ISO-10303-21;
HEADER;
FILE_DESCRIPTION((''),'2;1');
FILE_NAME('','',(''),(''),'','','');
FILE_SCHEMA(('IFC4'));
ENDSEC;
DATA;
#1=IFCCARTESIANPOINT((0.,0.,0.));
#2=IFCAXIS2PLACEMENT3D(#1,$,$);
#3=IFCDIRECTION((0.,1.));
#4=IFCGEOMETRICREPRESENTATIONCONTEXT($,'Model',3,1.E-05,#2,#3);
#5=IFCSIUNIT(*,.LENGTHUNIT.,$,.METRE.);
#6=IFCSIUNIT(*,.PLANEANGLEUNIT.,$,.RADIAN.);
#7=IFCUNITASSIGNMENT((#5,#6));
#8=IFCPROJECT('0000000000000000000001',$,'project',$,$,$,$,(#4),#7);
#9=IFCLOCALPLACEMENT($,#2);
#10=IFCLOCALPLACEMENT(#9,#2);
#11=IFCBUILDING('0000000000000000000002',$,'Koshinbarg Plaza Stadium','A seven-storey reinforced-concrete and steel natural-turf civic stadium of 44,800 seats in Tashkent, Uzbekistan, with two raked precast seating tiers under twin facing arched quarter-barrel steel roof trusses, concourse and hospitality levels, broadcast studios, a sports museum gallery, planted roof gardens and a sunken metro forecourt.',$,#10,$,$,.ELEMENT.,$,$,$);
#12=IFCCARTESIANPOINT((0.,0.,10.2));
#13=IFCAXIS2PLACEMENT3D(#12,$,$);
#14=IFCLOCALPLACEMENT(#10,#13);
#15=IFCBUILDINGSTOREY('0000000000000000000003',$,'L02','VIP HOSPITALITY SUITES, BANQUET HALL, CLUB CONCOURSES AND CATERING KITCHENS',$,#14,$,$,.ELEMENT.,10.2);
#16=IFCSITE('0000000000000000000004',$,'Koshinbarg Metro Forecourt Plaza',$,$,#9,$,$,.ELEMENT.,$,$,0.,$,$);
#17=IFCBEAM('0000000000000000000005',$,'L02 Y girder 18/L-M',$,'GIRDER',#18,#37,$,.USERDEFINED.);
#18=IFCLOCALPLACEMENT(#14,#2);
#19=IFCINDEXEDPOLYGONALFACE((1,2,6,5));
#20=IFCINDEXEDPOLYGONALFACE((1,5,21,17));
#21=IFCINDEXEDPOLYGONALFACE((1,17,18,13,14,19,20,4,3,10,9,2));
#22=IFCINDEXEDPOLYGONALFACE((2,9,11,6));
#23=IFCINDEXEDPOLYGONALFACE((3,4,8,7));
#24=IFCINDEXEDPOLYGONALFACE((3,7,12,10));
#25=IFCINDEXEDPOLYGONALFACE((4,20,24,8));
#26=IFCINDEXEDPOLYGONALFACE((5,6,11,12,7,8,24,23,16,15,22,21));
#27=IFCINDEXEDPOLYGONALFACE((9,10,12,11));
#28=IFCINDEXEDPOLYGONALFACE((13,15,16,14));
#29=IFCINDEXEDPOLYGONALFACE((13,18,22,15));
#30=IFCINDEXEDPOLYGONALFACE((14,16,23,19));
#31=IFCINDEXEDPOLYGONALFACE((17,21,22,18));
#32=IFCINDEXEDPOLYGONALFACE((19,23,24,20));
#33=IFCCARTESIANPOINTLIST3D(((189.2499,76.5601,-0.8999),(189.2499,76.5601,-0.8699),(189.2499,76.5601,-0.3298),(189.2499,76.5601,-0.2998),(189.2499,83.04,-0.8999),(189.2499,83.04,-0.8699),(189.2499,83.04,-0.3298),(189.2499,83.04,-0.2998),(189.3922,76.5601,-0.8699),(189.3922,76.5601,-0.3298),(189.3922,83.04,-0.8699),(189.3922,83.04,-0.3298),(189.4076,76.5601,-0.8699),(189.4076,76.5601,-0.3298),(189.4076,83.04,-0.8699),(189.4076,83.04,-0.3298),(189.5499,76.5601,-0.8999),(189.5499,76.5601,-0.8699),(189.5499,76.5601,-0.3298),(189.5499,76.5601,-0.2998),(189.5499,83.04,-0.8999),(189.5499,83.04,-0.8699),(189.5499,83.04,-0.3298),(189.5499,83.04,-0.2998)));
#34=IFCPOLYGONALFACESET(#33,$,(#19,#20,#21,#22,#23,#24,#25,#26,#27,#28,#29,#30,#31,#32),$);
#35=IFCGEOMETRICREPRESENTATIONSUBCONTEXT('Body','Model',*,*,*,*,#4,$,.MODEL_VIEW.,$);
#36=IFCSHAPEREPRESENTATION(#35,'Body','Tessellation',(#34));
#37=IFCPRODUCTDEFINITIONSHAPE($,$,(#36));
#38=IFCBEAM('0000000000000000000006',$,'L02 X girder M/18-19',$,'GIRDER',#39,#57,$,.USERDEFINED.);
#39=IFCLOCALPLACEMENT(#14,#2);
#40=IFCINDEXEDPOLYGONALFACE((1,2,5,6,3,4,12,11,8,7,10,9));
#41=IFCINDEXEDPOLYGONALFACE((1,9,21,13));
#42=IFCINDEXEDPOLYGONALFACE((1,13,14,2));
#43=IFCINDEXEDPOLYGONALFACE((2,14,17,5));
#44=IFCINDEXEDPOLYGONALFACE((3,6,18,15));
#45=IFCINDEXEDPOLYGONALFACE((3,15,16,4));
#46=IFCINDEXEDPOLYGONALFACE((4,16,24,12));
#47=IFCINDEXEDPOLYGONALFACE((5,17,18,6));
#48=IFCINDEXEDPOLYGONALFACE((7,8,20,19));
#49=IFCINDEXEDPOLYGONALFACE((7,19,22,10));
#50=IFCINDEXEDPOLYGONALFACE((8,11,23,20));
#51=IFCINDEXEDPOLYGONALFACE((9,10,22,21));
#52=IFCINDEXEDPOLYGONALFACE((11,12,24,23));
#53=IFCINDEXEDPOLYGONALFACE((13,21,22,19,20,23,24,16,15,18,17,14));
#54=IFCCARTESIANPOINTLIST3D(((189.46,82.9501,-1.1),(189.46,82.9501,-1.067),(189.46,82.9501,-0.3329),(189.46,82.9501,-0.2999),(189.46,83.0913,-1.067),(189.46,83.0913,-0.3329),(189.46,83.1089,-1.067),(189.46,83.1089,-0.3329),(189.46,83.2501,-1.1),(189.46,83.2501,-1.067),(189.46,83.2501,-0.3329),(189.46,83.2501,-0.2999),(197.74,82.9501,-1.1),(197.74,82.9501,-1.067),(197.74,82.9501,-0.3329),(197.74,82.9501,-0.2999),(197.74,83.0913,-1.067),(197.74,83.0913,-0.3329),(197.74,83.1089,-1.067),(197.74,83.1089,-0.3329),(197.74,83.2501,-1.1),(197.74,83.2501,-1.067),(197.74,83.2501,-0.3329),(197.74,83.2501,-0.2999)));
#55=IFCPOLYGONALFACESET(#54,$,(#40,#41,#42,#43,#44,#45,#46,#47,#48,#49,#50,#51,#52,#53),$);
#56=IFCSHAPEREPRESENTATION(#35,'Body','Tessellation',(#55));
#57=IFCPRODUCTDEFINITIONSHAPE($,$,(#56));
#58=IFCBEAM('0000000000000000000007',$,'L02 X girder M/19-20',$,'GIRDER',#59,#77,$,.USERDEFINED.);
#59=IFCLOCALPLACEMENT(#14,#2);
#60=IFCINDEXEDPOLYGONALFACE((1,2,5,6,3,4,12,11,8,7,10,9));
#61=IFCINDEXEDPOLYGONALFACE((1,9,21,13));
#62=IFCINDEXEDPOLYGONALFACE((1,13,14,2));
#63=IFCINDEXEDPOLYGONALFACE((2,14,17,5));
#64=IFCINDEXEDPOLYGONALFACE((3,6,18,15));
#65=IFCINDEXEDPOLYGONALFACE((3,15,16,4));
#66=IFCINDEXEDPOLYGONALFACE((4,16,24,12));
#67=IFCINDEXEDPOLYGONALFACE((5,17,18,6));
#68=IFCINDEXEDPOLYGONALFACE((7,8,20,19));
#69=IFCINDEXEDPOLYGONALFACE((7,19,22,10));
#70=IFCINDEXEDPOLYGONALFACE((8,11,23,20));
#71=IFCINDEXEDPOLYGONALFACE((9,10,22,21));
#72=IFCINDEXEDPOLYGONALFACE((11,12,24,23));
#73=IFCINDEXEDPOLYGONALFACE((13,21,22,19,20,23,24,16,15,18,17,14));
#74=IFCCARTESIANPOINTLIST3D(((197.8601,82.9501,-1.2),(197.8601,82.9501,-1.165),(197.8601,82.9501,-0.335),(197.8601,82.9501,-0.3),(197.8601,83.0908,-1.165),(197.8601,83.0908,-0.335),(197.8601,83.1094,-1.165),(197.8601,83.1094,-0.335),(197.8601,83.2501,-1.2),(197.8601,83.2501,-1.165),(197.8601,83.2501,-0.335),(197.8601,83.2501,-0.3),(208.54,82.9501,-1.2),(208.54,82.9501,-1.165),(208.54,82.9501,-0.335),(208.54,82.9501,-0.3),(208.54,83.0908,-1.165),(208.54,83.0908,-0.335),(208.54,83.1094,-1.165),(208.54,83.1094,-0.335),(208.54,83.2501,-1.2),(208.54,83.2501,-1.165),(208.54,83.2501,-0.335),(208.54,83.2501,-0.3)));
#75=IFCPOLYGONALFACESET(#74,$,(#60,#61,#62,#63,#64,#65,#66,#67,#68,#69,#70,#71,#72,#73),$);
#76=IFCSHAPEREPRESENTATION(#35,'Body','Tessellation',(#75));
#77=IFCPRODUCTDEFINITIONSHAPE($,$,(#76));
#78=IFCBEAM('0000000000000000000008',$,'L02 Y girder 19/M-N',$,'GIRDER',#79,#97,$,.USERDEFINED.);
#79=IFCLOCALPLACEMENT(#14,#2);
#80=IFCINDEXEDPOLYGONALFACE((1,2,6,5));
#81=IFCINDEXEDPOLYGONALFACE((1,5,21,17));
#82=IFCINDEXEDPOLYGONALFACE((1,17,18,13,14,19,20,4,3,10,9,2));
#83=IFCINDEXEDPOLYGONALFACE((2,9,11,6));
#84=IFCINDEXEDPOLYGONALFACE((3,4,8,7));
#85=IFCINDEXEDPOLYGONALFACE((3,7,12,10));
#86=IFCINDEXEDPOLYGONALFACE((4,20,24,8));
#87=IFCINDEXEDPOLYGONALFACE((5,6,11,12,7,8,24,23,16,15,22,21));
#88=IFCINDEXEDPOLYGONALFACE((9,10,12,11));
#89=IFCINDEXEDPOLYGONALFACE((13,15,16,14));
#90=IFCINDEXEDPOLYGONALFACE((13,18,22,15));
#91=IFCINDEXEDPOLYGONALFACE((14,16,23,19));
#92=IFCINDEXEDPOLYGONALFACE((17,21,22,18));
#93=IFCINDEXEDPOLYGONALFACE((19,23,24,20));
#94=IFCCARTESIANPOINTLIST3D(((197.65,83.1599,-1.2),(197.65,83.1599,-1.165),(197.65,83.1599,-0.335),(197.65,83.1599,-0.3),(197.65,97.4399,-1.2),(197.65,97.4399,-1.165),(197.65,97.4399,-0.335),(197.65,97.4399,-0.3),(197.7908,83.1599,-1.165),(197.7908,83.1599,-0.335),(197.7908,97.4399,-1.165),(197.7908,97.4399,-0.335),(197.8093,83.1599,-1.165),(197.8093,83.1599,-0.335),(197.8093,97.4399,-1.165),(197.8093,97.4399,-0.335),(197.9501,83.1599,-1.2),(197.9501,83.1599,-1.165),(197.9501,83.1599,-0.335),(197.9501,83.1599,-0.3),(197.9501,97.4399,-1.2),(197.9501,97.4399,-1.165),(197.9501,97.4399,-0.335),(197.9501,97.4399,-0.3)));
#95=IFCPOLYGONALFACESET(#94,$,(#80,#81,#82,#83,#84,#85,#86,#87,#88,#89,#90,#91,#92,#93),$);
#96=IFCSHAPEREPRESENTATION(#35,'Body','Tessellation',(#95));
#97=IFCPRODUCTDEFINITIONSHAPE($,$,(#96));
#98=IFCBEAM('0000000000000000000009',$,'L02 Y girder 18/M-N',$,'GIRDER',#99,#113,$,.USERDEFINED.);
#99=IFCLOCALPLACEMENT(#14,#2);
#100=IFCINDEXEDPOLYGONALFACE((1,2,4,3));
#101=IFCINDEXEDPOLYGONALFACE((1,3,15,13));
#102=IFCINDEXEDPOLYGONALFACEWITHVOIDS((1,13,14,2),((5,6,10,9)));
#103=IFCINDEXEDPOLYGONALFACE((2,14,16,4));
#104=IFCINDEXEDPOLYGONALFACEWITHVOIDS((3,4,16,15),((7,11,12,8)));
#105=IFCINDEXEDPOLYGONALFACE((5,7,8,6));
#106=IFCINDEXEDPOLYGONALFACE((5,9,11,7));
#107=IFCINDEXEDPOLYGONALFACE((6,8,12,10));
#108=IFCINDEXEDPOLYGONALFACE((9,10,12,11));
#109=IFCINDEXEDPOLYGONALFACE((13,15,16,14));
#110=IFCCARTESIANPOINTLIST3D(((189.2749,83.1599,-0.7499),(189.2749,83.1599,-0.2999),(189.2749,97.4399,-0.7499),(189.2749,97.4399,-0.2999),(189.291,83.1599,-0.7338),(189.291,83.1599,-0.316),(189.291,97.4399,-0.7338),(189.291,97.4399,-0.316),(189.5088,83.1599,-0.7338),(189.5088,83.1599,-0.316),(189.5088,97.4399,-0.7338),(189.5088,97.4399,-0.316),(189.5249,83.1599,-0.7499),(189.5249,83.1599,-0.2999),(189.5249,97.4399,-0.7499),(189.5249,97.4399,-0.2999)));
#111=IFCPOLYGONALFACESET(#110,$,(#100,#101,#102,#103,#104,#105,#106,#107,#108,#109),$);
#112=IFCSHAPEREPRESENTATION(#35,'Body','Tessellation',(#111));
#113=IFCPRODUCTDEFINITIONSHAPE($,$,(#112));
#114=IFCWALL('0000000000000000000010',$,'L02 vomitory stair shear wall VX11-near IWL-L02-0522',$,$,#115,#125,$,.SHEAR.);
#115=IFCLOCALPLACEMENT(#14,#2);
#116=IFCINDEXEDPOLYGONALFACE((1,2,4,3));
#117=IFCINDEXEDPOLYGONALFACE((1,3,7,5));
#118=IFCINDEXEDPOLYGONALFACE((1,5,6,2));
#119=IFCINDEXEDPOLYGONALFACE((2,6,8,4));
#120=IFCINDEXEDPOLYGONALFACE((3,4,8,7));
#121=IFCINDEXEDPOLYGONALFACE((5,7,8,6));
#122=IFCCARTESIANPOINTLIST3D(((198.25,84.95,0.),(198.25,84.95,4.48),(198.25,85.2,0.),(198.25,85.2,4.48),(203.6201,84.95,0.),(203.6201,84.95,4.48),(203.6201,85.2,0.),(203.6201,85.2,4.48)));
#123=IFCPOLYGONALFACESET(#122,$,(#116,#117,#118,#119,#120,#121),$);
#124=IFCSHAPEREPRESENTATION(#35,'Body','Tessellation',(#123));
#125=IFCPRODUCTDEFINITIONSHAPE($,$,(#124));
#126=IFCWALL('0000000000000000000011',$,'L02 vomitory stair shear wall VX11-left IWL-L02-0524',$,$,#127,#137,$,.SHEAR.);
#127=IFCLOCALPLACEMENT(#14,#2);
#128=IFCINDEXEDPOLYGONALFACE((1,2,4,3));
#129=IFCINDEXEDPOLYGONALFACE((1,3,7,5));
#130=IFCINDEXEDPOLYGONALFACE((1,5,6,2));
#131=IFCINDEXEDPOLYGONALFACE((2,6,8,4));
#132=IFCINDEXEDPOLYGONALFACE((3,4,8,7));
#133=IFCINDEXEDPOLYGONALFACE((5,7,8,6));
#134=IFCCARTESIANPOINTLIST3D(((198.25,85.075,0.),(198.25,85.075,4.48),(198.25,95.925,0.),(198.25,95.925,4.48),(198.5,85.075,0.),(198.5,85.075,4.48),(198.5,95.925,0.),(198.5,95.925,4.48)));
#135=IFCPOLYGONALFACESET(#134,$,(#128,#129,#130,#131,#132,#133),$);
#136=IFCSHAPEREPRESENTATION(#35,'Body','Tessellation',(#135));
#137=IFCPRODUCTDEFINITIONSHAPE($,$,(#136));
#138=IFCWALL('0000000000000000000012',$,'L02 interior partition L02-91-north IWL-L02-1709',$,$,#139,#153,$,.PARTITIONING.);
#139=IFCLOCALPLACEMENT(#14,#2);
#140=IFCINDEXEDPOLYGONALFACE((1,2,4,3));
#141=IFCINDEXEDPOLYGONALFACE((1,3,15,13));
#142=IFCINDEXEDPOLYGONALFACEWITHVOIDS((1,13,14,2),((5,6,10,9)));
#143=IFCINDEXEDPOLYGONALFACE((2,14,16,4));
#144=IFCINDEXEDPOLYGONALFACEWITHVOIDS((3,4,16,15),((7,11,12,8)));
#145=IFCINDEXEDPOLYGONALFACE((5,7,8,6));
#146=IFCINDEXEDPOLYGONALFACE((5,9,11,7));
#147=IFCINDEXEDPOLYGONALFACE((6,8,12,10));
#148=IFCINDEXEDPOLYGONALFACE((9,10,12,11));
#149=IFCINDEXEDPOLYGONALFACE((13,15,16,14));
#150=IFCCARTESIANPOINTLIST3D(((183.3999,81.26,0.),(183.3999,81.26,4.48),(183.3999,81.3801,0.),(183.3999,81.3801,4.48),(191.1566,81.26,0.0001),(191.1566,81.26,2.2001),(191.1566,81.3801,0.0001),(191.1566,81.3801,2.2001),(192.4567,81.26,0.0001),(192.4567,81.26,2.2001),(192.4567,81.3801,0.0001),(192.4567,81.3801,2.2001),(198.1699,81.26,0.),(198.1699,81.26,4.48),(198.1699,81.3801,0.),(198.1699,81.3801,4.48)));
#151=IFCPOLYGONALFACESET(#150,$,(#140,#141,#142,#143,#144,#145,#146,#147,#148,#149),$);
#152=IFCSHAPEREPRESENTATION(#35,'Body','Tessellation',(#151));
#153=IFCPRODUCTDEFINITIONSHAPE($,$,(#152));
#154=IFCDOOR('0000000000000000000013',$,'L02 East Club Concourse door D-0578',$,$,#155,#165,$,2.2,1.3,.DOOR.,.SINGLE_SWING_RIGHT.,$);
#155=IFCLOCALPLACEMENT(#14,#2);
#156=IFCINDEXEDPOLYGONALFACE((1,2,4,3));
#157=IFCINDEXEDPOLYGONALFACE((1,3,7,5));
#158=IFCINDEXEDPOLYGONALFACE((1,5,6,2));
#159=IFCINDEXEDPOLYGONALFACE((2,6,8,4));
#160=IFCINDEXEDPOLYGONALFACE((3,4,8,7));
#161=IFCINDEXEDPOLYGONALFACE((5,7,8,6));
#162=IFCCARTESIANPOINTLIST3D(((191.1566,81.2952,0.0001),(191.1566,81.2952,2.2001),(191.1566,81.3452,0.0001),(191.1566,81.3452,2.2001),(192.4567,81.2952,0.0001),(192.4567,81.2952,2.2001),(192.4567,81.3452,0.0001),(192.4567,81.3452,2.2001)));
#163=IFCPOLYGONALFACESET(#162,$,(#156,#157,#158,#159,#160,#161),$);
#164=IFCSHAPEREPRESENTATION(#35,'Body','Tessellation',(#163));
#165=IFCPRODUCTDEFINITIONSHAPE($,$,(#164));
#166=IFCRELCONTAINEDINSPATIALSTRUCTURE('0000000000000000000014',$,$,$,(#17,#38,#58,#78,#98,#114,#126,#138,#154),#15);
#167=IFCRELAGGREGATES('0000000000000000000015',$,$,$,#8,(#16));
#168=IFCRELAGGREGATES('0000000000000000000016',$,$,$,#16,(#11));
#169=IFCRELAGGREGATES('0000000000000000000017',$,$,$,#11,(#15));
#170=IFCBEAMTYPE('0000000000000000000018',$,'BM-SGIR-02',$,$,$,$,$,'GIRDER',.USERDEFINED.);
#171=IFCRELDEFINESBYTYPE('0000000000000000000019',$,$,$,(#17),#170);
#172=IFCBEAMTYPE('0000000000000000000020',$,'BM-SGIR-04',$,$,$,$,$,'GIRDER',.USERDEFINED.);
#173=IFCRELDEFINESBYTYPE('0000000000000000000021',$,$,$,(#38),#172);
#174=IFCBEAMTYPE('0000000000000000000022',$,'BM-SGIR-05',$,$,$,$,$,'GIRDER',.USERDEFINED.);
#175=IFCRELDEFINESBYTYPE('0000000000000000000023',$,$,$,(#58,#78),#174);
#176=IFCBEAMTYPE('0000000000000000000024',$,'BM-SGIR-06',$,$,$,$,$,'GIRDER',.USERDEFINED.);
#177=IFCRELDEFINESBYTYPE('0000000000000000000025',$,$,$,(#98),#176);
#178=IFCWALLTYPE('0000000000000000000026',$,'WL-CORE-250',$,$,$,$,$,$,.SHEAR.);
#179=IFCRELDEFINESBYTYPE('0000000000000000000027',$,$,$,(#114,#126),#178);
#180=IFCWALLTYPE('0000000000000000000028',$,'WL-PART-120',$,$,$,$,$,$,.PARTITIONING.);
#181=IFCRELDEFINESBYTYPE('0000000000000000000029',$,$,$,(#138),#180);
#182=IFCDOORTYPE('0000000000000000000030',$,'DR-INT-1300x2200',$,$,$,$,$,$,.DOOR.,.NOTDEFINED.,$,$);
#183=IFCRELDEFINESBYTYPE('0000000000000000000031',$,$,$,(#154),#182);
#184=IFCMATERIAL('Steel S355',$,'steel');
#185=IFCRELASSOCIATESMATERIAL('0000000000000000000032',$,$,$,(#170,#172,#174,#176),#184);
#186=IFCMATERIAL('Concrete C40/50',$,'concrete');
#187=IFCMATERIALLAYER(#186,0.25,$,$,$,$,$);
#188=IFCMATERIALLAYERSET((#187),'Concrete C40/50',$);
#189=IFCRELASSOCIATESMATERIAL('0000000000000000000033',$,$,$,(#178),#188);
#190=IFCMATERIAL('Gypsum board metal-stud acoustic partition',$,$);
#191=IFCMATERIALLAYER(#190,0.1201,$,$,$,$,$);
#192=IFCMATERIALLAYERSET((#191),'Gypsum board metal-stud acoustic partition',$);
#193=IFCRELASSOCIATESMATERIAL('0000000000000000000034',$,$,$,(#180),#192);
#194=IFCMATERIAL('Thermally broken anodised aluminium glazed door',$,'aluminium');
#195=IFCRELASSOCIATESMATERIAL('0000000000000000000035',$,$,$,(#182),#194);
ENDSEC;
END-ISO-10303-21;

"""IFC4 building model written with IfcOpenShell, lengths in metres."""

from ifc_helpers import new_model, si_unit, direction, frame, frame_2d, origin, origin_2d, place, context, subcontext, project, spatial, rectangle, hollow_rectangle, i_section, extrude, material, layer, layer_set, material_profile, profile_set, type_object, element, fill, save


model = new_model("IFC4")

# Units and contexts
model_context = context("Model", 3, precision=1e-05, world=origin(), true_north=direction((0.0, 1.0)))
body_context = subcontext(model_context, "Body", "Model", "MODEL_VIEW")
ifc_project = project(units=[si_unit("LENGTHUNIT", "METRE"), si_unit("PLANEANGLEUNIT", "RADIAN")], contexts=[model_context])

# Site, building, storey
site_placement = place(None, origin())
site = spatial("IfcSite", under=ifc_project, at=site_placement, Name="Koshinbarg Metro Forecourt Plaza", CompositionType="ELEMENT", RefElevation=0.0)
building_placement = place(site_placement, origin())
building = spatial("IfcBuilding", under=site, at=building_placement, Name="Koshinbarg Plaza Stadium", Description="A seven-storey reinforced-concrete and steel natural-turf civic stadium of 44,800 seats in Tashkent, Uzbekistan, with two raked precast seating tiers under twin facing arched quarter-barrel steel roof trusses, concourse and hospitality levels, broadcast studios, a sports museum gallery, planted roof gardens and a sunken metro forecourt.", CompositionType="ELEMENT")
storey_placement = place(building_placement, frame((0.0, 0.0, 10.2)))
storey = spatial("IfcBuildingStorey", under=building, at=storey_placement, Name="L02", Description="VIP HOSPITALITY SUITES, BANQUET HALL, CLUB CONCOURSES AND CATERING KITCHENS", CompositionType="ELEMENT", Elevation=10.2)

# Shared definitions
ifc_material_1 = material(Name="Concrete C40/50", Category="concrete")

# Beams
ifc_material_2 = material(Name="Steel S355", Category="steel")
ifc_material_profile_1 = material_profile(ifc_material_2, i_section(OverallWidth=0.3, OverallDepth=0.6001, WebThickness=0.0154, FlangeThickness=0.03, at=origin_2d()), Name="HEB 600")
ifc_profile_set_1 = profile_set([ifc_material_profile_1], Name="Steel S355")
beam_type_1 = type_object("IfcBeamType", Name="BM-SGIR-02", ElementType="GIRDER", PredefinedType="USERDEFINED", material=ifc_profile_set_1)
beam_1_placement = place(storey_placement, frame((189.3999, 76.5601, -0.5999), z_axis=(0.0, 1.0, 0.0), x_axis=(-1.0, 0.0, 0.0)))
element("IfcBeam", 1, at=beam_1_placement, inside=storey, type_object=beam_type_1, Name="L02 Y girder 18/L-M", ObjectType="GIRDER", PredefinedType="USERDEFINED", context=body_context, shape_type="SweptSolid", body=[
    extrude(i_section(OverallWidth=0.3, OverallDepth=0.6001, WebThickness=0.0154, FlangeThickness=0.03, at=origin_2d()), origin(), (0.0, 0.0, 1.0), 6.48),
])
ifc_material_profile_2 = material_profile(ifc_material_2, i_section(OverallWidth=0.3, OverallDepth=0.8, WebThickness=0.0176, FlangeThickness=0.033, at=origin_2d()), Name="HEB 800")
ifc_profile_set_2 = profile_set([ifc_material_profile_2], Name="Steel S355")
beam_type_2 = type_object("IfcBeamType", Name="BM-SGIR-04", ElementType="GIRDER", PredefinedType="USERDEFINED", material=ifc_profile_set_2)
beam_2_placement = place(storey_placement, frame((189.46, 83.1001, -0.7), z_axis=(1.0, 0.0, 0.0), x_axis=(0.0, 1.0, 0.0)))
element("IfcBeam", 2, at=beam_2_placement, inside=storey, type_object=beam_type_2, Name="L02 X girder M/18-19", ObjectType="GIRDER", PredefinedType="USERDEFINED", context=body_context, shape_type="SweptSolid", body=[
    extrude(i_section(OverallWidth=0.3, OverallDepth=0.8, WebThickness=0.0176, FlangeThickness=0.033, at=origin_2d()), origin(), (0.0, 0.0, 1.0), 8.28),
])
ifc_material_profile_3 = material_profile(ifc_material_2, i_section(OverallWidth=0.3, OverallDepth=0.8999, WebThickness=0.0186, FlangeThickness=0.0349, at=origin_2d()), Name="HEB 900")
ifc_profile_set_3 = profile_set([ifc_material_profile_3], Name="Steel S355")
beam_type_3 = type_object("IfcBeamType", Name="BM-SGIR-05", ElementType="GIRDER", PredefinedType="USERDEFINED", material=ifc_profile_set_3)
beam_3_placement = place(storey_placement, frame((197.8601, 83.1001, -0.75), z_axis=(1.0, 0.0, 0.0), x_axis=(0.0, 1.0, 0.0)))
element("IfcBeam", 3, at=beam_3_placement, inside=storey, type_object=beam_type_3, Name="L02 X girder M/19-20", ObjectType="GIRDER", PredefinedType="USERDEFINED", context=body_context, shape_type="SweptSolid", body=[
    extrude(i_section(OverallWidth=0.3, OverallDepth=0.8999, WebThickness=0.0186, FlangeThickness=0.0349, at=origin_2d()), origin(), (0.0, 0.0, 1.0), 10.6799),
])
beam_4_placement = place(storey_placement, frame((197.8, 83.1599, -0.75), z_axis=(0.0, 1.0, 0.0), x_axis=(-1.0, 0.0, 0.0)))
element("IfcBeam", 4, at=beam_4_placement, inside=storey, type_object=beam_type_3, Name="L02 Y girder 19/M-N", ObjectType="GIRDER", PredefinedType="USERDEFINED", context=body_context, shape_type="SweptSolid", body=[
    extrude(i_section(OverallWidth=0.3, OverallDepth=0.8999, WebThickness=0.0186, FlangeThickness=0.0349, at=origin_2d()), origin(), (0.0, 0.0, 1.0), 14.28),
])
ifc_material_profile_4 = material_profile(ifc_material_2, hollow_rectangle(XDim=0.25, YDim=0.45, WallThickness=0.0161, at=origin_2d()), Name="RHS 450x250x16")
ifc_profile_set_4 = profile_set([ifc_material_profile_4], Name="Steel S355")
beam_type_4 = type_object("IfcBeamType", Name="BM-SGIR-06", ElementType="GIRDER", PredefinedType="USERDEFINED", material=ifc_profile_set_4)
beam_5_placement = place(storey_placement, frame((189.3999, 83.1599, -0.5249), z_axis=(0.0, 1.0, 0.0), x_axis=(-1.0, 0.0, 0.0)))
element("IfcBeam", 5, at=beam_5_placement, inside=storey, type_object=beam_type_4, Name="L02 Y girder 18/M-N", ObjectType="GIRDER", PredefinedType="USERDEFINED", context=body_context, shape_type="SweptSolid", body=[
    extrude(hollow_rectangle(XDim=0.25, YDim=0.45, WallThickness=0.0161, at=origin_2d()), origin(), (0.0, 0.0, 1.0), 14.28),
])

# Walls
ifc_layer_1 = layer(ifc_material_1, 0.25)
ifc_layer_set_1 = layer_set([ifc_layer_1], Name="Concrete C40/50")
wall_type_1 = type_object("IfcWallType", Name="WL-CORE-250", PredefinedType="SHEAR", material=ifc_layer_set_1)
wall_1_placement = place(storey_placement, frame((198.25, 85.075, 0.0), z_axis=(0.0, 0.0, 1.0), x_axis=(1.0, 0.0, 0.0)))
element("IfcWall", 6, at=wall_1_placement, inside=storey, type_object=wall_type_1, Name="L02 vomitory stair shear wall VX11-near IWL-L02-0522", PredefinedType="SHEAR", context=body_context, shape_type="SweptSolid", body=[
    extrude(rectangle(XDim=5.3701, YDim=0.25, at=frame_2d((2.6851, 0.0))), origin(), (0.0, 0.0, 1.0), 4.48),
])
wall_2_placement = place(storey_placement, frame((198.375, 85.075, 0.0), z_axis=(0.0, 0.0, 1.0), x_axis=(0.0, 1.0, 0.0)))
element("IfcWall", 7, at=wall_2_placement, inside=storey, type_object=wall_type_1, Name="L02 vomitory stair shear wall VX11-left IWL-L02-0524", PredefinedType="SHEAR", context=body_context, shape_type="SweptSolid", body=[
    extrude(rectangle(XDim=10.8501, YDim=0.25, at=frame_2d((5.425, 0.0))), origin(), (0.0, 0.0, 1.0), 4.48),
])

# Wall, opening, door
ifc_material_3 = material(Name="Gypsum board metal-stud acoustic partition")
ifc_layer_2 = layer(ifc_material_3, 0.1201)
ifc_layer_set_2 = layer_set([ifc_layer_2], Name="Gypsum board metal-stud acoustic partition")
wall_type_2 = type_object("IfcWallType", Name="WL-PART-120", PredefinedType="PARTITIONING", material=ifc_layer_set_2)
wall_3_placement = place(storey_placement, frame((198.1699, 81.3201, 0.0), z_axis=(0.0, 0.0, 1.0), x_axis=(-1.0, 0.0, 0.0)))
wall_3 = element("IfcWall", 8, at=wall_3_placement, inside=storey, type_object=wall_type_2, Name="L02 interior partition L02-91-north IWL-L02-1709", PredefinedType="PARTITIONING", context=body_context, shape_type="SweptSolid", body=[
    extrude(rectangle(XDim=14.77, YDim=0.1201, at=frame_2d((7.385, 0.0))), origin(), (0.0, 0.0, 1.0), 4.48),
])
opening_placement = place(wall_3_placement, frame((5.7134, 0.0, 0.0)))
opening = element("IfcOpeningElement", 9, at=opening_placement, cuts=wall_3, PredefinedType="OPENING", context=body_context, shape_type="SweptSolid", body=[
    extrude(rectangle(XDim=1.3, YDim=2.2, at=frame_2d((0.6499, 1.1001))), frame((0.0, 0.0701, 0.0), z_axis=(0.0, -1.0, 0.0), x_axis=(1.0, 0.0, 0.0)), (0.0, 0.0, 1.0), 0.1401),
])
ifc_material_4 = material(Name="Thermally broken anodised aluminium glazed door", Category="aluminium")
door_type = type_object("IfcDoorType", Name="DR-INT-1300x2200", OperationType="NOTDEFINED", PredefinedType="DOOR", material=ifc_material_4)
door_placement = place(opening_placement, origin())
door = element("IfcDoor", 10, at=door_placement, inside=storey, type_object=door_type, Name="L02 East Club Concourse door D-0578", OperationType="SINGLE_SWING_RIGHT", OverallHeight=2.2, OverallWidth=1.3, PredefinedType="DOOR", context=body_context, shape_type="SweptSolid", body=[
    extrude(rectangle(XDim=1.3, YDim=2.2, at=frame_2d((0.6499, 1.1001))), frame((0.0, 0.0249, 0.0), z_axis=(0.0, -1.0, 0.0), x_axis=(1.0, 0.0, 0.0)), (0.0, 0.0, 1.0), 0.05),
])
fill(opening, door)

save(model, "model.ifc")
